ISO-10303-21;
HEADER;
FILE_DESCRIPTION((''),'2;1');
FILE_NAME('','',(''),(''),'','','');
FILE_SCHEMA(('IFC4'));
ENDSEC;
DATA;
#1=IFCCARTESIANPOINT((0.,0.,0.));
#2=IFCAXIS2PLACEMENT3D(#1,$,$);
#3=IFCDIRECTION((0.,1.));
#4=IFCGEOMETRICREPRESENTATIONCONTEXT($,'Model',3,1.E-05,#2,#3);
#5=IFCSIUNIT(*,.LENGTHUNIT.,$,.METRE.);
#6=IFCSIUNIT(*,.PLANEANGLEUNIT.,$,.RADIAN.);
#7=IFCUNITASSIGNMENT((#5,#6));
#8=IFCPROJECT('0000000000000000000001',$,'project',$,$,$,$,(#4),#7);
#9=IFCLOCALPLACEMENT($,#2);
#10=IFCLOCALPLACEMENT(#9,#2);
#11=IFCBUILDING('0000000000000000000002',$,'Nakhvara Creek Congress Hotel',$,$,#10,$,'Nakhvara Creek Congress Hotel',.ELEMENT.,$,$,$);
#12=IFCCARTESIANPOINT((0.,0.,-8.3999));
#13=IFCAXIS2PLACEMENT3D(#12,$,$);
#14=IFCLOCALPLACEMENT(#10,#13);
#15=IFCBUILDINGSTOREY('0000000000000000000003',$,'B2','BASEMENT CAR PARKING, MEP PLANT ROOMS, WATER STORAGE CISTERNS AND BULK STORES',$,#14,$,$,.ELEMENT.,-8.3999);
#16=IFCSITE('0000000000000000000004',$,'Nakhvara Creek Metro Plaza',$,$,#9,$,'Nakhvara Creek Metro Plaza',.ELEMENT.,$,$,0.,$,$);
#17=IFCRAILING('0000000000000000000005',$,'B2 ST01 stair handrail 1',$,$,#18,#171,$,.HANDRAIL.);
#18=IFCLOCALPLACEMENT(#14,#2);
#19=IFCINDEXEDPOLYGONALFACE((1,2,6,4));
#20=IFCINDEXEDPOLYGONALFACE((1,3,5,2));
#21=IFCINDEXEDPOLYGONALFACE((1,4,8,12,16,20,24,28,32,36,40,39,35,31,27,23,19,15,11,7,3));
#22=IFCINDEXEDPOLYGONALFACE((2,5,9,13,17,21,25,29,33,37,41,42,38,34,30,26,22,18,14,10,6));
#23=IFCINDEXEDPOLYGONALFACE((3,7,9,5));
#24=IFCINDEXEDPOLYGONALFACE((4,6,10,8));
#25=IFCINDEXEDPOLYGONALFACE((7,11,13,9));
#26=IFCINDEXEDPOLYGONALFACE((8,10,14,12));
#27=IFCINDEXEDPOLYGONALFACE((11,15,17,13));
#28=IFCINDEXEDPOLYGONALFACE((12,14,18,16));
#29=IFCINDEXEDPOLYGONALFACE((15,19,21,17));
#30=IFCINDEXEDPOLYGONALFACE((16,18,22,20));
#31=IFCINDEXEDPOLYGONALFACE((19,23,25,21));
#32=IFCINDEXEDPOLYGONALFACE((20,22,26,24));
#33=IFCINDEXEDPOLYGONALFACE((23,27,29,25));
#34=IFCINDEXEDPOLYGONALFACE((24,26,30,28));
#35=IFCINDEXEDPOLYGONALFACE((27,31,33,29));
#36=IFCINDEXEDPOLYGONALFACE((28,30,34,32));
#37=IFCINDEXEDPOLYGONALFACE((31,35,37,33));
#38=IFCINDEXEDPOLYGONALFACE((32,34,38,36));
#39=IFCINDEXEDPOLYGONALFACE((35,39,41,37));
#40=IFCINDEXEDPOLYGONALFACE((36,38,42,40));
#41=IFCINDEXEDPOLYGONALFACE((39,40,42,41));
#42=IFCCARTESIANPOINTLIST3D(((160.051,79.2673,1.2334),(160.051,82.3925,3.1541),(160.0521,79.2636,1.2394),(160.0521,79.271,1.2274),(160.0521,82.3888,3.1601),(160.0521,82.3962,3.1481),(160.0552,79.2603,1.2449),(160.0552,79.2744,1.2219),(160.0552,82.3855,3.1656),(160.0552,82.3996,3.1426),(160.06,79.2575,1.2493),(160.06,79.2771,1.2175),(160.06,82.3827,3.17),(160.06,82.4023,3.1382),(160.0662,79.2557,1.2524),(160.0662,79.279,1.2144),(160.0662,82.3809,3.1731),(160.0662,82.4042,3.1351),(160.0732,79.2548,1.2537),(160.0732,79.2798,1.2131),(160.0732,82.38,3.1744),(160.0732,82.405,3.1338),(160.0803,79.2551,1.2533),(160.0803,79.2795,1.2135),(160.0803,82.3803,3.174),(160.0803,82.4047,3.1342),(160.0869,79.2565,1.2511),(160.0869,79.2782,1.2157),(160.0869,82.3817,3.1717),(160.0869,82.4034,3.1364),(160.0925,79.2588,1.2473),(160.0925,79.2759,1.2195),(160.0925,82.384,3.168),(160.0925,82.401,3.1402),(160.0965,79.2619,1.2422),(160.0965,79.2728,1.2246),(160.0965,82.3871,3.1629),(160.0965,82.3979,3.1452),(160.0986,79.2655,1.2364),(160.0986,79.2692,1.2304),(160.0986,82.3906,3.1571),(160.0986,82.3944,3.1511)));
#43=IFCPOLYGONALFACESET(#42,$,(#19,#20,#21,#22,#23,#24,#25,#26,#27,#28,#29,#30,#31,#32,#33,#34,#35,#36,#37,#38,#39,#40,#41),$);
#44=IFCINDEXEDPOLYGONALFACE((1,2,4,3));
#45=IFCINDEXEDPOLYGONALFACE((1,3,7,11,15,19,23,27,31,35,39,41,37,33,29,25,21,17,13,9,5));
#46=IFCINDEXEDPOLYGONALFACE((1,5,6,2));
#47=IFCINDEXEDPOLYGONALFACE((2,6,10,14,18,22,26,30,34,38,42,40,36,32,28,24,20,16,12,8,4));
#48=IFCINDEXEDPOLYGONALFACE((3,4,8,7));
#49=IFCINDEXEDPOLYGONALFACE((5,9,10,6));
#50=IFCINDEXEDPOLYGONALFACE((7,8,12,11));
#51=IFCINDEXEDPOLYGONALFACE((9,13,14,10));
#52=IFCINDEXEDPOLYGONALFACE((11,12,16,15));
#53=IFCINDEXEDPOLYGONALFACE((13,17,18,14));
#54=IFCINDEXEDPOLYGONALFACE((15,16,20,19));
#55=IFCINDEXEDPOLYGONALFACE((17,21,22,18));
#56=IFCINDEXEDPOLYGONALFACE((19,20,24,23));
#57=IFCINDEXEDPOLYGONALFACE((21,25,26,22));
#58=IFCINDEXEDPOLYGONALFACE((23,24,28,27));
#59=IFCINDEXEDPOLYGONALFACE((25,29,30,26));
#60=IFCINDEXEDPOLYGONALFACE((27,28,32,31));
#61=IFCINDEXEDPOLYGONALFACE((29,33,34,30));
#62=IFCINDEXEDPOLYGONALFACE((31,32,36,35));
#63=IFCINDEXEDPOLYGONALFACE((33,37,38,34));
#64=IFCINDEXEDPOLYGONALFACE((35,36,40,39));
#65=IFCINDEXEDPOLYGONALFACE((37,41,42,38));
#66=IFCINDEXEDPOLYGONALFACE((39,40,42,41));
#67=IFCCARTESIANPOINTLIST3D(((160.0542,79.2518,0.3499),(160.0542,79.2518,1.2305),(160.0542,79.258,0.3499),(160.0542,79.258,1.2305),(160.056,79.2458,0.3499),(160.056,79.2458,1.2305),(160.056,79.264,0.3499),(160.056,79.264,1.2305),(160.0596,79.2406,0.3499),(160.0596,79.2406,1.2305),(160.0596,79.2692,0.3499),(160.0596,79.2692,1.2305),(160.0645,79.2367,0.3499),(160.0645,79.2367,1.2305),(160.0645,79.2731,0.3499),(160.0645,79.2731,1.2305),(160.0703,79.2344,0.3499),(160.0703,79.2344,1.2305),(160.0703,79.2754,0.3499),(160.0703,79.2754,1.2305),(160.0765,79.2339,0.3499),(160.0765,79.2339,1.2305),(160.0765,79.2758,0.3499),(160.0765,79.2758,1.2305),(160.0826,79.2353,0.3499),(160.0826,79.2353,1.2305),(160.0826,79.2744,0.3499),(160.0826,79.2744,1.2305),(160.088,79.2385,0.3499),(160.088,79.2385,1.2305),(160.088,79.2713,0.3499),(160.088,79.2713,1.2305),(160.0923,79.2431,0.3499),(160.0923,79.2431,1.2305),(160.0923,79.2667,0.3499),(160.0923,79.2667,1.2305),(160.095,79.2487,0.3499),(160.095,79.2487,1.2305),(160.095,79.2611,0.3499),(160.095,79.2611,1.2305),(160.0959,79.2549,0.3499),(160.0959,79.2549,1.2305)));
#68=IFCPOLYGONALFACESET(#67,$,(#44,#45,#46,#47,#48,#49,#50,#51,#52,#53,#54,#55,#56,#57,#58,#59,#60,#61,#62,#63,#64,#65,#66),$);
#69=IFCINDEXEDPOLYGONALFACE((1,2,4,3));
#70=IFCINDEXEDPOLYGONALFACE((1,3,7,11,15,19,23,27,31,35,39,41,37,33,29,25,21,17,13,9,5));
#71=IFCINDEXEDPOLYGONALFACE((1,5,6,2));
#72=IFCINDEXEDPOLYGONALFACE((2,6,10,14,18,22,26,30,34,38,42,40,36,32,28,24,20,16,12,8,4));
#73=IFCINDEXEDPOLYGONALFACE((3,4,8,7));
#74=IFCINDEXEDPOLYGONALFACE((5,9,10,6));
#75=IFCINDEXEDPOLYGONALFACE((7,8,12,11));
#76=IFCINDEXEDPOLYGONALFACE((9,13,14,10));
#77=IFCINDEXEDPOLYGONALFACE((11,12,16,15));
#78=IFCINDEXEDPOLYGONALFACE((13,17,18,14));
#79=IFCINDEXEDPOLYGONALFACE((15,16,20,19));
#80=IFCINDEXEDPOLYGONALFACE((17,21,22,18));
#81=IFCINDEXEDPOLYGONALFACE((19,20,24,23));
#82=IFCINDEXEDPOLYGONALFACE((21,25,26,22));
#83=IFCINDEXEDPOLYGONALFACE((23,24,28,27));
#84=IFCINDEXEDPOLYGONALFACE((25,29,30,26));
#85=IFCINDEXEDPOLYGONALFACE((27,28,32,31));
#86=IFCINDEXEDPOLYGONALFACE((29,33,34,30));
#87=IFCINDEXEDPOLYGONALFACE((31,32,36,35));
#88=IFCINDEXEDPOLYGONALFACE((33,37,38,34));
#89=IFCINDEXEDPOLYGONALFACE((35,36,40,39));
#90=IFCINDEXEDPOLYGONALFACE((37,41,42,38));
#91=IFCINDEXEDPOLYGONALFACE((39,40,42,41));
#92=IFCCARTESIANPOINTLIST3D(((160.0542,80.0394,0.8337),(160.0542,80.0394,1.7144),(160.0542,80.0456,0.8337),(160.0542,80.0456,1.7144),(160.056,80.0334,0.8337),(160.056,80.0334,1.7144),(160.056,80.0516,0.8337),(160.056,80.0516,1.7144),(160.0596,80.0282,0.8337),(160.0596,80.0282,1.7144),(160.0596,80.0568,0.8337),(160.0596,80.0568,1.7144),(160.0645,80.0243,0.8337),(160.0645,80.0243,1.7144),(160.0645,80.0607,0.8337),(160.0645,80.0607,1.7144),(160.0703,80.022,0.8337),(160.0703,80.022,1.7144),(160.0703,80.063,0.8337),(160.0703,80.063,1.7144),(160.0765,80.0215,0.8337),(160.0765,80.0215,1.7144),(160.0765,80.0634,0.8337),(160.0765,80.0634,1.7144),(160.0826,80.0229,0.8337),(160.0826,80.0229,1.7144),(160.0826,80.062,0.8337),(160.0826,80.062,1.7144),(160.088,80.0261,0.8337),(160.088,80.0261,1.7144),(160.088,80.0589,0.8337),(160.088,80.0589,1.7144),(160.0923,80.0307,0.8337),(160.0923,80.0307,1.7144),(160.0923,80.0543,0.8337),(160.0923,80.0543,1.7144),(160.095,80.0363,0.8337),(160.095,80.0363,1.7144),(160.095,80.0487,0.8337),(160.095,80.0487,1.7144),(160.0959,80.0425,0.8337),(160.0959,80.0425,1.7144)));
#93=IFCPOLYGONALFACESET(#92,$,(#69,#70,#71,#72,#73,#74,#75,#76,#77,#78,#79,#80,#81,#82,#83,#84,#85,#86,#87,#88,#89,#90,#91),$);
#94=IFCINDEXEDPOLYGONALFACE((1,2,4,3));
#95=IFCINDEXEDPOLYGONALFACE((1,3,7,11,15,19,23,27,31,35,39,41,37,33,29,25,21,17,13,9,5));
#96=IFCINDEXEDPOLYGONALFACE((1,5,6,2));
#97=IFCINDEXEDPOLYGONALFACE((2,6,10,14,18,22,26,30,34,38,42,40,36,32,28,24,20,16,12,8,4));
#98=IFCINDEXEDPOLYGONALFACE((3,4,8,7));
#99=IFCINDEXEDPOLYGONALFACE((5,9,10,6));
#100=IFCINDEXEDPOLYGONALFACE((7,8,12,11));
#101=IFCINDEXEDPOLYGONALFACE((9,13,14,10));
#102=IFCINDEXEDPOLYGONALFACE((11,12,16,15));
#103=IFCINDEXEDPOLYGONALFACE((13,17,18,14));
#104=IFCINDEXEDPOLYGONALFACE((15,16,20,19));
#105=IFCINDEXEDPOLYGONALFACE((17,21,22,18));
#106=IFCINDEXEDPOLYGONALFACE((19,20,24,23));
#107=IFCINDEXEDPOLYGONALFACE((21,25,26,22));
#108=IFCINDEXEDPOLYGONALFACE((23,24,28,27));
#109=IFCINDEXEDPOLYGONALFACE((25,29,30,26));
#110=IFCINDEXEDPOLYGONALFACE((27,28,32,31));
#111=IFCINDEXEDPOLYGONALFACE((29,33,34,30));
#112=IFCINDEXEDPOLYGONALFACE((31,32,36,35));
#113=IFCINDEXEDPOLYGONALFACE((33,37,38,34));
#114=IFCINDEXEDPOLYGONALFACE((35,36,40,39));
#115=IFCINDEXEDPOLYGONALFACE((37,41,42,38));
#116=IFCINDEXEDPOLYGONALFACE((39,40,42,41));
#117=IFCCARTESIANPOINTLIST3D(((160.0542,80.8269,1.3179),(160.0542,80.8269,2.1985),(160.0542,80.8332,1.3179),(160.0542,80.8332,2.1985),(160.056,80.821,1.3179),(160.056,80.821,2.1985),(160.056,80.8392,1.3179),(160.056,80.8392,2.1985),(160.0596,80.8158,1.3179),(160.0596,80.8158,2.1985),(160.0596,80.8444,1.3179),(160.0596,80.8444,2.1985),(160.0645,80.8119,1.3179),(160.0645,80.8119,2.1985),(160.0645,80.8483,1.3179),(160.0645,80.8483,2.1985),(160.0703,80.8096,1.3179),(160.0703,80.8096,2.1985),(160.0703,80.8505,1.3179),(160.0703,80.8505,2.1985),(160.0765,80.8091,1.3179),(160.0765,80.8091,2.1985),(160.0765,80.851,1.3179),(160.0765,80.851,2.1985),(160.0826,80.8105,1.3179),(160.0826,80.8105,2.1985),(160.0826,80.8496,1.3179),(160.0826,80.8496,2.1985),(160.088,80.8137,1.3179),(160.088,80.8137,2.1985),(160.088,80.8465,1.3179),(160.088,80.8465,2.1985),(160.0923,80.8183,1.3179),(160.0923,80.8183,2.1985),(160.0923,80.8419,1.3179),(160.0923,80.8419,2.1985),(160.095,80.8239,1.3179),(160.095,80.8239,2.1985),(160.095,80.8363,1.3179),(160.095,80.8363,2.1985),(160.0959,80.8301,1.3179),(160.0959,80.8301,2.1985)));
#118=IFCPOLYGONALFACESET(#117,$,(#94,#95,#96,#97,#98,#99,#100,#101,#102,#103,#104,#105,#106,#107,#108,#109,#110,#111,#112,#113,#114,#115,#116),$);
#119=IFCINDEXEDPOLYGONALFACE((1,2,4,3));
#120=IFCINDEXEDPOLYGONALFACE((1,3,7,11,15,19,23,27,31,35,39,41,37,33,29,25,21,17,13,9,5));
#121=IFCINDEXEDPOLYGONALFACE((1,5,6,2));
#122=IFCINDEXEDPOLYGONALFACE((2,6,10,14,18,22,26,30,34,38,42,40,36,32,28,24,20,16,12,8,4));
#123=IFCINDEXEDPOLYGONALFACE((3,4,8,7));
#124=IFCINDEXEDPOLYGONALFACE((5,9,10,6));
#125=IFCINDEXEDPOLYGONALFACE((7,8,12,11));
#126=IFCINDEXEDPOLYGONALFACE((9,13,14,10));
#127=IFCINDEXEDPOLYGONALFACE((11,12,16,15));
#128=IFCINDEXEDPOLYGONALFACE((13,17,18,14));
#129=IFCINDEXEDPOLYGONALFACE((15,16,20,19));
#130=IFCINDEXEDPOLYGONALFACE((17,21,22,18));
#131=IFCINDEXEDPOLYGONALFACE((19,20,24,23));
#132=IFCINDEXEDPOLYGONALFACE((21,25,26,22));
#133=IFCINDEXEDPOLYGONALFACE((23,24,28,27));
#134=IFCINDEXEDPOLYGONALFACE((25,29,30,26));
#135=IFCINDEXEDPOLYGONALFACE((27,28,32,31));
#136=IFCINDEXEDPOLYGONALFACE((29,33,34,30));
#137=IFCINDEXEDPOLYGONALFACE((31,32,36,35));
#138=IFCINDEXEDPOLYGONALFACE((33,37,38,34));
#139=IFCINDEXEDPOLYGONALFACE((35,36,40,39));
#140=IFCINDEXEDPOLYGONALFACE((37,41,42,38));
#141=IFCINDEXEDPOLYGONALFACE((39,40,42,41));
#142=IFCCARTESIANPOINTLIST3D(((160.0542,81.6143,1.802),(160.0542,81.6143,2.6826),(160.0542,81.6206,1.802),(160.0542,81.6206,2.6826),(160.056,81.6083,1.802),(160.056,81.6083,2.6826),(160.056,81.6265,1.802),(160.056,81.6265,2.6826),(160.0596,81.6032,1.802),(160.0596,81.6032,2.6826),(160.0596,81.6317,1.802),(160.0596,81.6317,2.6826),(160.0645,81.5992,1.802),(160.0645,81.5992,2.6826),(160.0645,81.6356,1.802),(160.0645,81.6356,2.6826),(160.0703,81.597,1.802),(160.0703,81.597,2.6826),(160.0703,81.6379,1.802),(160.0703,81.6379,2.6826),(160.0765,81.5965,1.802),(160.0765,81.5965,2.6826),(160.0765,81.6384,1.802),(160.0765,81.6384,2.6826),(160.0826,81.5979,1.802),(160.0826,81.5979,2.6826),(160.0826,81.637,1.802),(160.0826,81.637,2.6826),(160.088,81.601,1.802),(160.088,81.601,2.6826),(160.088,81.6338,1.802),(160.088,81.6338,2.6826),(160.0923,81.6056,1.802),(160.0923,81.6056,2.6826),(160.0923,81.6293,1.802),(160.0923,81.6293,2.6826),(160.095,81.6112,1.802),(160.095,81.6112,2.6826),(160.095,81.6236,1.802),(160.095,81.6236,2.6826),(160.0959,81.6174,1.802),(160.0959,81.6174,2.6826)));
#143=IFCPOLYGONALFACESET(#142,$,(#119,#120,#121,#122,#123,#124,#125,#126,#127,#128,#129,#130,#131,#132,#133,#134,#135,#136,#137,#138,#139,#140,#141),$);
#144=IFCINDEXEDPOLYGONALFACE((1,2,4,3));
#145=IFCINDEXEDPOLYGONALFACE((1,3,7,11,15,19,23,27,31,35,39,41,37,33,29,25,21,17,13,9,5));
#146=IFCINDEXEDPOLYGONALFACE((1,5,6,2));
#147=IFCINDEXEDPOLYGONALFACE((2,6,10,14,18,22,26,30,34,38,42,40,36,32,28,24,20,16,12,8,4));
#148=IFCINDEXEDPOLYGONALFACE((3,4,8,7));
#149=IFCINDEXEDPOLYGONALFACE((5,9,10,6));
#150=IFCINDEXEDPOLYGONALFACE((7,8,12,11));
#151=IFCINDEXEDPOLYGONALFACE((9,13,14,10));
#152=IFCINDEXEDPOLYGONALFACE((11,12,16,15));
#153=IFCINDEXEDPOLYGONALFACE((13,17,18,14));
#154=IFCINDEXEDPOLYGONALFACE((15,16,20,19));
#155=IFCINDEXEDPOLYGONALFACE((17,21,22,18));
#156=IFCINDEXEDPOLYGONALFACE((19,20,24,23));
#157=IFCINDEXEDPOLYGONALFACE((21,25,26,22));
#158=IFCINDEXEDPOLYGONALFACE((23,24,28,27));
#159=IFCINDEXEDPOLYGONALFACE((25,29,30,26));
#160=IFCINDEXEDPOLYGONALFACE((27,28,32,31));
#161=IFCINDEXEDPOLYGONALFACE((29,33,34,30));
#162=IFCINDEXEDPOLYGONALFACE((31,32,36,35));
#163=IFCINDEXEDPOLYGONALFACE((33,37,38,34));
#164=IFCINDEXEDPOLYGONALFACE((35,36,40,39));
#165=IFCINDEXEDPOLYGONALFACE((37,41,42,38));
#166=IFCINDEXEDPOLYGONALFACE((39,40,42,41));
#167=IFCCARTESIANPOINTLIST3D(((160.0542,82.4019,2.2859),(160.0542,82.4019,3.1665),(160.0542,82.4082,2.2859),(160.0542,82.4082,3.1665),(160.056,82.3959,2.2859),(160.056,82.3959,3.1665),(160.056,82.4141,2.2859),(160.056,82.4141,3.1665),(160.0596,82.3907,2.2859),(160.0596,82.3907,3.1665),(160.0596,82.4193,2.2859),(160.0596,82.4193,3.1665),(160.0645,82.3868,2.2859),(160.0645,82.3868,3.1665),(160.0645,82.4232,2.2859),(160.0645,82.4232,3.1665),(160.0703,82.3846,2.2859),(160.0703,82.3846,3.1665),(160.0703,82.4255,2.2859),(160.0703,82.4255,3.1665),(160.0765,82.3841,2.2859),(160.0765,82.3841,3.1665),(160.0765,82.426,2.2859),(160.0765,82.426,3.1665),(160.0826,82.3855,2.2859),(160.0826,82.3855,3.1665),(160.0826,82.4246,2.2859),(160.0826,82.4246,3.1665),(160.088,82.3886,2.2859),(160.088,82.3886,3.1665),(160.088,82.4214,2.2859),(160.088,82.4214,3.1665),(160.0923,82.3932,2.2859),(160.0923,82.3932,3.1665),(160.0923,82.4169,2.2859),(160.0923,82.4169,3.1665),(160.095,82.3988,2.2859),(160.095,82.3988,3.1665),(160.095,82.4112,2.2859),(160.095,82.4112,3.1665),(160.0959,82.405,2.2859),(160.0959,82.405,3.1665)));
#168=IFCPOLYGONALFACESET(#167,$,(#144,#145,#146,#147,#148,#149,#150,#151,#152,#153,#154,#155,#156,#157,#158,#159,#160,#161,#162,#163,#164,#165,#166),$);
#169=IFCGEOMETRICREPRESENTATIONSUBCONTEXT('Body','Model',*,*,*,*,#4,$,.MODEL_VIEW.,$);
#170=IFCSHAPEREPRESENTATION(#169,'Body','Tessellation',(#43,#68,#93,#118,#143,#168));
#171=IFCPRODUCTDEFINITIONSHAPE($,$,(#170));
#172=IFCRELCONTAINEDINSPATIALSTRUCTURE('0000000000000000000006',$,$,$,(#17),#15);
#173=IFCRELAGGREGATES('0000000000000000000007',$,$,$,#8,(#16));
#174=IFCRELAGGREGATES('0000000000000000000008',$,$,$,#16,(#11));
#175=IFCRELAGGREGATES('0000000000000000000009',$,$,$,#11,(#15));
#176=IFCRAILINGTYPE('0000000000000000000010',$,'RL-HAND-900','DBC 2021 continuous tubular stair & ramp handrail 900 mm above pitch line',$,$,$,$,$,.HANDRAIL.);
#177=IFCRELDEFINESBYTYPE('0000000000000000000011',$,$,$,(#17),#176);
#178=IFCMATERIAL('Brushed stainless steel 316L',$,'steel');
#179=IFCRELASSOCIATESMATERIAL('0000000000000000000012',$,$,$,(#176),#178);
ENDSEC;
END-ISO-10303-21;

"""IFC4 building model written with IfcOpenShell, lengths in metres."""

from ifc_helpers import new_model, si_unit, direction, frame, origin, origin_2d, place, context, subcontext, project, spatial, circle, extrude, material, type_object, element, save


model = new_model("IFC4")

# Units and contexts
model_context = context("Model", 3, precision=1e-05, world=origin(), true_north=direction((0.0, 1.0)))
body_context = subcontext(model_context, "Body", "Model", "MODEL_VIEW")
ifc_project = project(units=[si_unit("LENGTHUNIT", "METRE"), si_unit("PLANEANGLEUNIT", "RADIAN")], contexts=[model_context])

# Site, building, storey
site_placement = place(None, origin())
site = spatial("IfcSite", under=ifc_project, at=site_placement, Name="Nakhvara Creek Metro Plaza", LongName="Nakhvara Creek Metro Plaza", CompositionType="ELEMENT", RefElevation=0.0)
building_placement = place(site_placement, origin())
building = spatial("IfcBuilding", under=site, at=building_placement, Name="Nakhvara Creek Congress Hotel", LongName="Nakhvara Creek Congress Hotel", CompositionType="ELEMENT")
storey_placement = place(building_placement, frame((0.0, 0.0, -8.3999)))
storey = spatial("IfcBuildingStorey", under=building, at=storey_placement, Name="B2", Description="BASEMENT CAR PARKING, MEP PLANT ROOMS, WATER STORAGE CISTERNS AND BULK STORES", CompositionType="ELEMENT", Elevation=-8.3999)

# Railing
ifc_material_1 = material(Name="Brushed stainless steel 316L", Category="steel")
railing_type_1 = type_object("IfcRailingType", Name="RL-HAND-900", Description="DBC 2021 continuous tubular stair & ramp handrail 900 mm above pitch line", PredefinedType="HANDRAIL", material=ifc_material_1)
railing_1_placement = place(storey_placement, frame((160.075, 79.2549, 0.3499)))
element("IfcRailing", 1, at=railing_1_placement, inside=storey, type_object=railing_type_1, Name="B2 ST01 stair handrail 1", PredefinedType="HANDRAIL", context=body_context, shape_type="SweptSolid", body=[
    extrude(circle(Radius=0.0239, at=origin_2d()), frame((0.0, 0.0125, 0.8835), z_axis=(0.0, 0.851962, 0.523604), x_axis=(-1.0, 0.0, 0.0)), (0.0, 0.0, 1.0), 3.6682),
    extrude(circle(Radius=0.021, at=origin_2d()), origin(), (0.0, 0.0, 1.0), 0.8806),
    extrude(circle(Radius=0.021, at=origin_2d()), frame((0.0, 0.7876, 0.4839)), (0.0, 0.0, 1.0), 0.8806),
    extrude(circle(Radius=0.021, at=origin_2d()), frame((0.0, 1.5752, 0.968)), (0.0, 0.0, 1.0), 0.8806),
    extrude(circle(Radius=0.021, at=origin_2d()), frame((0.0, 2.3625, 1.4521)), (0.0, 0.0, 1.0), 0.8806),
    extrude(circle(Radius=0.021, at=origin_2d()), frame((0.0, 3.1501, 1.936)), (0.0, 0.0, 1.0), 0.8806),
])

save(model, "model.ifc")
